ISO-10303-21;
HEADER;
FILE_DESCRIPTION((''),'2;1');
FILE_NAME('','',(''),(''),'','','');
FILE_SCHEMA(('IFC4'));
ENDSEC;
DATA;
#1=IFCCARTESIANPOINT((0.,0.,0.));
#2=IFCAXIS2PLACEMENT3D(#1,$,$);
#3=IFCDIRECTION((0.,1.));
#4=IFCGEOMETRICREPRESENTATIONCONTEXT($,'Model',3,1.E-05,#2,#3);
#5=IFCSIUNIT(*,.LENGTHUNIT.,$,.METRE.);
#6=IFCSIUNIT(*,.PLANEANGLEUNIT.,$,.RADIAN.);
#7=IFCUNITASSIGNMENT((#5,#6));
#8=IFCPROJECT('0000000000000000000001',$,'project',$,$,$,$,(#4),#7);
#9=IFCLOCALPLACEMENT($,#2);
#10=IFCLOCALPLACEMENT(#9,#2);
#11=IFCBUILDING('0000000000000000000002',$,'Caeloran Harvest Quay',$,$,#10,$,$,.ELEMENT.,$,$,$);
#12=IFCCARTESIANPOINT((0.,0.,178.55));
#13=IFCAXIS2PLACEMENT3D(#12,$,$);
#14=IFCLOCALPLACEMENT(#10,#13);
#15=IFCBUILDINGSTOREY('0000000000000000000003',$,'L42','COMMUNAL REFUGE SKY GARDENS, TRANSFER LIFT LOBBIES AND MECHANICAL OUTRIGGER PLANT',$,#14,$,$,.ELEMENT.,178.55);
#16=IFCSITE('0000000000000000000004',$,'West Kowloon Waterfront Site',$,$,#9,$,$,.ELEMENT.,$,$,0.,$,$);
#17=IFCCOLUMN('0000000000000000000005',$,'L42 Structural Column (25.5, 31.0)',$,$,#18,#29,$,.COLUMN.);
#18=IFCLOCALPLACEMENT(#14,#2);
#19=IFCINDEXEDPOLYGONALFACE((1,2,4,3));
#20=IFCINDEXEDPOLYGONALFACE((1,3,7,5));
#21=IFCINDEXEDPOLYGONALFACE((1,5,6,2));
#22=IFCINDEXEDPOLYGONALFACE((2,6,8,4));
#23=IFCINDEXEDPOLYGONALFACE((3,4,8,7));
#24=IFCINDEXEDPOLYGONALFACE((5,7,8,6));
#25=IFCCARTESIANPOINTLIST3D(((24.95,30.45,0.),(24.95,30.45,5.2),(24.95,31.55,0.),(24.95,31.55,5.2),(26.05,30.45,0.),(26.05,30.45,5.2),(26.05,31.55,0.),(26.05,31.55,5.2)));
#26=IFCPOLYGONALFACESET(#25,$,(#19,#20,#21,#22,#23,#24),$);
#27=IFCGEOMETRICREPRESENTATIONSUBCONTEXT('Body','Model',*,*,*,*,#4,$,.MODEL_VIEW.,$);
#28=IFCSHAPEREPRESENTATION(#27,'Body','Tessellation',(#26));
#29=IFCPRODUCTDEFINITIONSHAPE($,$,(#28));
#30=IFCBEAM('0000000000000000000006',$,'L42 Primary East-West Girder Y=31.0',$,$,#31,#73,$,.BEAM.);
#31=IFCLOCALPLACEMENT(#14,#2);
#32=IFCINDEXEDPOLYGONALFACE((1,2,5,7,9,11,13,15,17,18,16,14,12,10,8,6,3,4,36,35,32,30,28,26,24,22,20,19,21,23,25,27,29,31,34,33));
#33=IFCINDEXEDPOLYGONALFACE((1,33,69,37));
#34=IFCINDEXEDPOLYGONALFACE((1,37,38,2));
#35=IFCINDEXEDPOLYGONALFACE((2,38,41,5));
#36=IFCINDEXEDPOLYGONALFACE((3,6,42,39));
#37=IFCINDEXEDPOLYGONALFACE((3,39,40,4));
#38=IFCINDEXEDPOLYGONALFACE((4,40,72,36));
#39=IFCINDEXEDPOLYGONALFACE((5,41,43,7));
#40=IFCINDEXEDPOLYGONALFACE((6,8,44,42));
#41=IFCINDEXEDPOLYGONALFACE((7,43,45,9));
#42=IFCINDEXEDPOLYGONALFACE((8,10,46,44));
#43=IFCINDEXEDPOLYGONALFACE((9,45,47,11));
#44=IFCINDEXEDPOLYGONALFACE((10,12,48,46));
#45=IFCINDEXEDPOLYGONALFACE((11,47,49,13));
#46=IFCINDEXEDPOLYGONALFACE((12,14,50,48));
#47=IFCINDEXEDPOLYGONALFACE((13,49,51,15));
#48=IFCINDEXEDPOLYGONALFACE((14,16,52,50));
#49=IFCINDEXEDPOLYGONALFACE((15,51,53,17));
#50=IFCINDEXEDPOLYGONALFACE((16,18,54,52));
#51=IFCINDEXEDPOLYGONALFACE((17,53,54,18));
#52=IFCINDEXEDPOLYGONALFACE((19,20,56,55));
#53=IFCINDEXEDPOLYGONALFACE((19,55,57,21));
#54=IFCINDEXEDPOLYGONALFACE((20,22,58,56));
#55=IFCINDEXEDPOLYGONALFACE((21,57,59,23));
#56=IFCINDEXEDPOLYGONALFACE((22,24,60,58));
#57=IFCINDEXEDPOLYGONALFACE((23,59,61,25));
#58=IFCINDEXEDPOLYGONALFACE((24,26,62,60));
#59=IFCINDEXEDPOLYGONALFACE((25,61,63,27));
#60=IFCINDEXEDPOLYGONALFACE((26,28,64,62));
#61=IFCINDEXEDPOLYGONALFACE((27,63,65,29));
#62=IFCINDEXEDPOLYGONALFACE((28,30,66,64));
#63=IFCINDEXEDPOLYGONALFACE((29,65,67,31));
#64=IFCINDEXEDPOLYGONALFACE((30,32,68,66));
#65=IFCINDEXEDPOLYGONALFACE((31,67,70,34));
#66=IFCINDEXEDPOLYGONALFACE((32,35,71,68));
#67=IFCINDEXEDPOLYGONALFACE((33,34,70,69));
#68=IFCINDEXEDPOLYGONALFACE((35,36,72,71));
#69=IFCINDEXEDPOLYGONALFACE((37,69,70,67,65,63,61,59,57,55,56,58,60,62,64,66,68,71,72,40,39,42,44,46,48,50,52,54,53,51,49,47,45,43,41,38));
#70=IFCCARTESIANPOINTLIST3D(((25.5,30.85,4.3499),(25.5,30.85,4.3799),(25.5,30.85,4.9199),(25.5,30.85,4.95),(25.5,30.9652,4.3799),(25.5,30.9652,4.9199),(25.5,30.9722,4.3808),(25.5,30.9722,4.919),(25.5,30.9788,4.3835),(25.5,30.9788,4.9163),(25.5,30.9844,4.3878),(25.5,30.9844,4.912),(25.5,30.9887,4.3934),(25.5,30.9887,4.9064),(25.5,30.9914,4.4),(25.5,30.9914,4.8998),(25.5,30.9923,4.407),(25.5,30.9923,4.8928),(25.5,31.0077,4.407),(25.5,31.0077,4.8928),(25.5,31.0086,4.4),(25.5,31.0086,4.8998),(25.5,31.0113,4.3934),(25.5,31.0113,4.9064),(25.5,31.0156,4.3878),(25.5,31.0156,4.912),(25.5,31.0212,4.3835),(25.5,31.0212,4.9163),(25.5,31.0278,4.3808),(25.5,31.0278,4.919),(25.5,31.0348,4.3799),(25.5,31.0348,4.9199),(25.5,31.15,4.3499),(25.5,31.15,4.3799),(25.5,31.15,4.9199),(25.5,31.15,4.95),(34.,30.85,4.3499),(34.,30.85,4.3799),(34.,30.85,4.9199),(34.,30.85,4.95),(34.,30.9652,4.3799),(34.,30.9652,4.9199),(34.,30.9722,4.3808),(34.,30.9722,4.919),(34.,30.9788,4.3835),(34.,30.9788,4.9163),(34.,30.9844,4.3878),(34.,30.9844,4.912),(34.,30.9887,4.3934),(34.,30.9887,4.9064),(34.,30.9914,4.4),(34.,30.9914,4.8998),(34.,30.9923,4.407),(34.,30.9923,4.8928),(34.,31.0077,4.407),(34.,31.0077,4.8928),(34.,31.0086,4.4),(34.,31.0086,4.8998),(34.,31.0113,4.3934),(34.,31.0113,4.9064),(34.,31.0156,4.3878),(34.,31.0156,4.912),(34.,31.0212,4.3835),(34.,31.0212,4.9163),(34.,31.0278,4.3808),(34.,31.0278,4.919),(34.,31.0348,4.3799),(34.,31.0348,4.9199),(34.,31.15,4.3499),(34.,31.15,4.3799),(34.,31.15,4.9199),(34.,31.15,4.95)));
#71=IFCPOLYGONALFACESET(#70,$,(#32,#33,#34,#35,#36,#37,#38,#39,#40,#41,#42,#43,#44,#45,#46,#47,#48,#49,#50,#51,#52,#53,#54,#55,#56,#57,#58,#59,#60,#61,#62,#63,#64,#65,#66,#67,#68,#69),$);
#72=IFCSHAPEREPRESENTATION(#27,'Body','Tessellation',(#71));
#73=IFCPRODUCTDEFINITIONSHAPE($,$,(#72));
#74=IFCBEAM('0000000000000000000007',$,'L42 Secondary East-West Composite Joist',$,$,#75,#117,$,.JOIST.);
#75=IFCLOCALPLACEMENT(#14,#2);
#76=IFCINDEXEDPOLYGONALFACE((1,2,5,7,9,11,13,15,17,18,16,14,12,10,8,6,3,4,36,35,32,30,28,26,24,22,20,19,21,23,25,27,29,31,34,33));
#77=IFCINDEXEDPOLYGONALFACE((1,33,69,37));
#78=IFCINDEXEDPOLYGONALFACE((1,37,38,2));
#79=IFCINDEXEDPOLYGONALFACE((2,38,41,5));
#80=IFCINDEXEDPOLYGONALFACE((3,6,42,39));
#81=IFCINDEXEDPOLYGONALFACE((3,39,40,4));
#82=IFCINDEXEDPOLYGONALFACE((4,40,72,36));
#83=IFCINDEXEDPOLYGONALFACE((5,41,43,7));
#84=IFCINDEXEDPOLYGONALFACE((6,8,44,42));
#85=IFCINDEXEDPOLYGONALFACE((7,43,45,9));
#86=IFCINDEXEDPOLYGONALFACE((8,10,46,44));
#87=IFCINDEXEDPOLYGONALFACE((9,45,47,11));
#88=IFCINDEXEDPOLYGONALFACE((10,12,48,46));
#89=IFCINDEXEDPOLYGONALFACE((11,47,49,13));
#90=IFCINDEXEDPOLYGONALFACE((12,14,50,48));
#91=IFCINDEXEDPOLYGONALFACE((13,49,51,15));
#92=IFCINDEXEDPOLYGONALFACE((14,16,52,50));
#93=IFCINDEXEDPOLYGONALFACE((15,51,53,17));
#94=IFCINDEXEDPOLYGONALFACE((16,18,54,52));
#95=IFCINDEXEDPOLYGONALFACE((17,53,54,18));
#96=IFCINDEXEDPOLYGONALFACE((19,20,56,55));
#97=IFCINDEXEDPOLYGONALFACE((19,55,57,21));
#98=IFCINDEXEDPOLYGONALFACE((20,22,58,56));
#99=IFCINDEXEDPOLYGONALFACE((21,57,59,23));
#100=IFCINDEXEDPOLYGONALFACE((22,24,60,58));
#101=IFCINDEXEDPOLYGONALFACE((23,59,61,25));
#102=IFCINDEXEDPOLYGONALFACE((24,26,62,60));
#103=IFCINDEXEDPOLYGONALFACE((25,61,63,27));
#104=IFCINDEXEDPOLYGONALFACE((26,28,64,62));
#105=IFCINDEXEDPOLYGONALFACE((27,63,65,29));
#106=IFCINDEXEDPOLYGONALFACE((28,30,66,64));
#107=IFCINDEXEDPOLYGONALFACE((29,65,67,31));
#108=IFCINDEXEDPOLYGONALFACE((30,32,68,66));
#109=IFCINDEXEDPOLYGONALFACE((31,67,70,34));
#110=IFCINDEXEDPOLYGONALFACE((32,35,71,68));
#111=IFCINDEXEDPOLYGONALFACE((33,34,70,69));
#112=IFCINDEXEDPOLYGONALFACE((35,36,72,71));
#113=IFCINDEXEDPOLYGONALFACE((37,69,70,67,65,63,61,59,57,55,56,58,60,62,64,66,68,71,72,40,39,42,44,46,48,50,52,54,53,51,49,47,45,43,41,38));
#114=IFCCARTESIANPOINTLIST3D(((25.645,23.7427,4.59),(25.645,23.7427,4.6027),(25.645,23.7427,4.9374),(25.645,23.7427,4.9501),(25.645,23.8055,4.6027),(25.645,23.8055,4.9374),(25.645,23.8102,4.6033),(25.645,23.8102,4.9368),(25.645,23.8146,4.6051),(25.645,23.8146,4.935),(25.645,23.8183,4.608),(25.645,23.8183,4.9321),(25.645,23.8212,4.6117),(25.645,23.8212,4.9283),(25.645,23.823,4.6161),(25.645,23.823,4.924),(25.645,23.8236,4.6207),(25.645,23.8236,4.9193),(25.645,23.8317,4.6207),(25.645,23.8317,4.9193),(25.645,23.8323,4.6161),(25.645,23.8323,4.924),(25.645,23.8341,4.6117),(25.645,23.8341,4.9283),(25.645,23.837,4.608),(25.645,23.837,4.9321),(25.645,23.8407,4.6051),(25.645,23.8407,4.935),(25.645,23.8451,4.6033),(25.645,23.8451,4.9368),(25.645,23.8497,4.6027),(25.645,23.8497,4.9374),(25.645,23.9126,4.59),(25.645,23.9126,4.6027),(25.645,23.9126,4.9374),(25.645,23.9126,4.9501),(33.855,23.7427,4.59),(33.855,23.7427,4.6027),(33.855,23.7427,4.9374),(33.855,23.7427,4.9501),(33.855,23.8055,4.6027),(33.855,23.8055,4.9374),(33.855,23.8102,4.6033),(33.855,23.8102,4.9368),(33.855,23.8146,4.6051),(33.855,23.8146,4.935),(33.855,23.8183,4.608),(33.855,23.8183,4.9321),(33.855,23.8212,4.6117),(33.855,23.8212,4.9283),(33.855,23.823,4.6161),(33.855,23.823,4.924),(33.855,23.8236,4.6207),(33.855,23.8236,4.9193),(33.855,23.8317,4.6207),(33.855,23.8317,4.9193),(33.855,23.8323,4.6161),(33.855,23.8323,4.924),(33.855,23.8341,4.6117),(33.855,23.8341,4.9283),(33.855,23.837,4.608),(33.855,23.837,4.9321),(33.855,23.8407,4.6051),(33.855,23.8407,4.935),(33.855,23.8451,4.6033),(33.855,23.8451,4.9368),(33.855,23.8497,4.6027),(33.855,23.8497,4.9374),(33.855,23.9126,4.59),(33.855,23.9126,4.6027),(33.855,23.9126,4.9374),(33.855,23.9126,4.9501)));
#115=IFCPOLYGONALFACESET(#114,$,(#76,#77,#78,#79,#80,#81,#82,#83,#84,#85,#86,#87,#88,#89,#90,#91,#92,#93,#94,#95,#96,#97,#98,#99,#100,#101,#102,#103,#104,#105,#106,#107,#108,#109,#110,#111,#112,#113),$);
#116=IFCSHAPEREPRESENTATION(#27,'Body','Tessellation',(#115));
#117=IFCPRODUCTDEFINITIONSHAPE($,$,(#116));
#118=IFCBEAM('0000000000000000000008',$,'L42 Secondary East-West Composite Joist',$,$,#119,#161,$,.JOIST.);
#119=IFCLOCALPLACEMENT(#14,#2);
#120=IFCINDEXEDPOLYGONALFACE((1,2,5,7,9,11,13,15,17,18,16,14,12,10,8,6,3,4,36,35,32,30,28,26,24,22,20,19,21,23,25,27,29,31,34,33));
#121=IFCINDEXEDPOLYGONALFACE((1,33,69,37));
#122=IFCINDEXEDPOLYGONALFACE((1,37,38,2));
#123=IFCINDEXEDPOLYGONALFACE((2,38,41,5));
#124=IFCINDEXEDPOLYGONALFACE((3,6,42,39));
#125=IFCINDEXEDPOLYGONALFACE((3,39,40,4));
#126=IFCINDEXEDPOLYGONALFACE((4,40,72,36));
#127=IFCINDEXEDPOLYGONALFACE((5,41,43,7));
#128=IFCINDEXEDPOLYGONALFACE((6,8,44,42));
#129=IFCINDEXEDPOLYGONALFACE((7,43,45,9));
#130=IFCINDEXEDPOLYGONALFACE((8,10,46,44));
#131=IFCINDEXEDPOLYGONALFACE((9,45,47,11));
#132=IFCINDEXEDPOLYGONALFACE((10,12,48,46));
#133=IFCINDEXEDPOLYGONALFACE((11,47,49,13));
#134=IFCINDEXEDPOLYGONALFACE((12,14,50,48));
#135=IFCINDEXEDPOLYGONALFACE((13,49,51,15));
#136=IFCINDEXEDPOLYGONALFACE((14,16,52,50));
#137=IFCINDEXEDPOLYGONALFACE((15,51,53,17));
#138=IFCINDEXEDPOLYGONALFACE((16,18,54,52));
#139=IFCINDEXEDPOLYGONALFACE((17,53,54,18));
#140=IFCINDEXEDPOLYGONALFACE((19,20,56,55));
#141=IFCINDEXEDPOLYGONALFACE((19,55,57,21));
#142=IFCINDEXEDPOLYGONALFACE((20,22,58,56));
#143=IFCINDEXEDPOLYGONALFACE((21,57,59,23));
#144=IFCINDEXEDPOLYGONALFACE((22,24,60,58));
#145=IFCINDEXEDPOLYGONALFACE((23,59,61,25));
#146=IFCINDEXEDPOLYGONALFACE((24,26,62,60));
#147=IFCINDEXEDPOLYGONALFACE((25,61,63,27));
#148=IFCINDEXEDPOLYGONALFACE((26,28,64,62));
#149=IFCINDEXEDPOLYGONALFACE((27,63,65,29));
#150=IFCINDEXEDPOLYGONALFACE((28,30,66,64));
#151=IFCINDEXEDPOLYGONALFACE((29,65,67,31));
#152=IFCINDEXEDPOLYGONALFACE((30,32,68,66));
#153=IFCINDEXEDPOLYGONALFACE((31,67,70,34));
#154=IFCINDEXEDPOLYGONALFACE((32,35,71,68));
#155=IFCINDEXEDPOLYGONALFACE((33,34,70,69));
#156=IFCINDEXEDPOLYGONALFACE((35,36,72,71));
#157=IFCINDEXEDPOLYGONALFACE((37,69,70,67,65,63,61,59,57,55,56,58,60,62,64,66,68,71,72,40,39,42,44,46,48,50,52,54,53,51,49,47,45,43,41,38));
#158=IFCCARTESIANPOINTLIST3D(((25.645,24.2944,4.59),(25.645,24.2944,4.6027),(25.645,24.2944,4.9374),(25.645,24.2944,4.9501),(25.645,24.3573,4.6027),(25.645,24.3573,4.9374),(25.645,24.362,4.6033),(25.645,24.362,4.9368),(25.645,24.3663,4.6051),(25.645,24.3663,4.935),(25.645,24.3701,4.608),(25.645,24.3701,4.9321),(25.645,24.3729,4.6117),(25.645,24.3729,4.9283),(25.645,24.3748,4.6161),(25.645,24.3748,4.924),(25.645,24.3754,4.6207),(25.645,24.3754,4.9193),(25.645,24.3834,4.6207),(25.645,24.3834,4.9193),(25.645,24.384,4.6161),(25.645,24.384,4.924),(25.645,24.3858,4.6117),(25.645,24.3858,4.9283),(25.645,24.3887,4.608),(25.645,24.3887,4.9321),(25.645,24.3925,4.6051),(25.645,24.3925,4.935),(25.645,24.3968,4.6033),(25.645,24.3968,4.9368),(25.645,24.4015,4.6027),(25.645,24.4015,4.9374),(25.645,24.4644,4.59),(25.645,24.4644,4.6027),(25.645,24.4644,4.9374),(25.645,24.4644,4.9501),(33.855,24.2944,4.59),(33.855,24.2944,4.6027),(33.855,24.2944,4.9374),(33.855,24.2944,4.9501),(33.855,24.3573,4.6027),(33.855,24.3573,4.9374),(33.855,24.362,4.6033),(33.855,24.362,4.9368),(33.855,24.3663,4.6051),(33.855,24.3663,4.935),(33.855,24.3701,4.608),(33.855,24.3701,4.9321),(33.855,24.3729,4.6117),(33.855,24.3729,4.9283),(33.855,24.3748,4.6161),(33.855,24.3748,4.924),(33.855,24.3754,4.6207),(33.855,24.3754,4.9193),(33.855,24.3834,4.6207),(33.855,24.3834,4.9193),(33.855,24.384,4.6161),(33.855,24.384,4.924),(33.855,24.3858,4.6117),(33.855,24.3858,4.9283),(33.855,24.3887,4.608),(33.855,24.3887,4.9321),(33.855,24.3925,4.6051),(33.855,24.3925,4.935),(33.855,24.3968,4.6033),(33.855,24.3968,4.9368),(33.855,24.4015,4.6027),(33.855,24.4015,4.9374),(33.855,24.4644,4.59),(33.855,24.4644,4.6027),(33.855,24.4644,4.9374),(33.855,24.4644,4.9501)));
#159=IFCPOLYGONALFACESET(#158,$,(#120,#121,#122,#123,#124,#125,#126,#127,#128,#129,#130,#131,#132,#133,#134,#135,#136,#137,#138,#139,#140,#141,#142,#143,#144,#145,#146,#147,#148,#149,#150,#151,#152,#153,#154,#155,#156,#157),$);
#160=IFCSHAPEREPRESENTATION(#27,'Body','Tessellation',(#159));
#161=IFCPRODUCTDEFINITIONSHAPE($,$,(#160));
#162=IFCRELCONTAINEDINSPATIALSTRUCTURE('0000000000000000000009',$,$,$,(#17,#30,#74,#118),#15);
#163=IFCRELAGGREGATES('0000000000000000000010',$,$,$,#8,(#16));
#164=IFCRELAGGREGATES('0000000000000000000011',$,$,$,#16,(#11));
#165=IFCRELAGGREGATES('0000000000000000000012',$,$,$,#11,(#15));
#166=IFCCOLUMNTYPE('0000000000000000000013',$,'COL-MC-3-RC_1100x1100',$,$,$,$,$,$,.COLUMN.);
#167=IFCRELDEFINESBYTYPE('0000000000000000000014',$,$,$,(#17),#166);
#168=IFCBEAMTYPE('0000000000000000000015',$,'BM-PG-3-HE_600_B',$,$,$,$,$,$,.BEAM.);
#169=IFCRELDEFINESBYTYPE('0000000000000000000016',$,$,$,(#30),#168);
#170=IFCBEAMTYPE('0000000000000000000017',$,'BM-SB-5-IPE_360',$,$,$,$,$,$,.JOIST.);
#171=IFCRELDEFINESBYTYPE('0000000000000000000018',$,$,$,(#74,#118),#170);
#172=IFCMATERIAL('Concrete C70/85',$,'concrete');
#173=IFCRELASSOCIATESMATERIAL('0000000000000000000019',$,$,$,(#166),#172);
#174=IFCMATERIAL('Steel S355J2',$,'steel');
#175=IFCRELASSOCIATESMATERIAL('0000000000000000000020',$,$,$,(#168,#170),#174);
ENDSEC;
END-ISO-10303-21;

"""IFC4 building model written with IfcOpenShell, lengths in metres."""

from ifc_helpers import new_model, si_unit, direction, frame, origin, origin_2d, place, context, subcontext, project, spatial, rectangle, i_section, extrude, material, material_profile, profile_set, type_object, element, save


model = new_model("IFC4")

# Units and contexts
model_context = context("Model", 3, precision=1e-05, world=origin(), true_north=direction((0.0, 1.0)))
body_context = subcontext(model_context, "Body", "Model", "MODEL_VIEW")
ifc_project = project(units=[si_unit("LENGTHUNIT", "METRE"), si_unit("PLANEANGLEUNIT", "RADIAN")], contexts=[model_context])

# Site, building, storey
site_placement = place(None, origin())
site = spatial("IfcSite", under=ifc_project, at=site_placement, Name="West Kowloon Waterfront Site", CompositionType="ELEMENT", RefElevation=0.0)
building_placement = place(site_placement, origin())
building = spatial("IfcBuilding", under=site, at=building_placement, Name="Caeloran Harvest Quay", CompositionType="ELEMENT")
storey_placement = place(building_placement, frame((0.0, 0.0, 178.55)))
storey = spatial("IfcBuildingStorey", under=building, at=storey_placement, Name="L42", Description="COMMUNAL REFUGE SKY GARDENS, TRANSFER LIFT LOBBIES AND MECHANICAL OUTRIGGER PLANT", CompositionType="ELEMENT", Elevation=178.55)

# Column
ifc_material_1 = material(Name="Concrete C70/85", Category="concrete")
ifc_material_profile_1 = material_profile(ifc_material_1, rectangle(XDim=1.1001, YDim=1.1001, at=origin_2d()), Name="RC 1100x1100")
ifc_profile_set_1 = profile_set([ifc_material_profile_1], Name="Concrete C70/85")
column_type = type_object("IfcColumnType", Name="COL-MC-3-RC_1100x1100", PredefinedType="COLUMN", material=ifc_profile_set_1)
column_placement = place(storey_placement, frame((25.5, 31.0, 0.0), z_axis=(0.0, 0.0, 1.0), x_axis=(1.0, 0.0, 0.0)))
element("IfcColumn", 1, at=column_placement, inside=storey, type_object=column_type, Name="L42 Structural Column (25.5, 31.0)", PredefinedType="COLUMN", context=body_context, shape_type="SweptSolid", body=[
    extrude(rectangle(XDim=1.1001, YDim=1.1001, at=origin_2d()), origin(), (0.0, 0.0, 1.0), 5.2),
])

# Beams
ifc_material_2 = material(Name="Steel S355J2", Category="steel")
ifc_material_profile_2 = material_profile(ifc_material_2, i_section(OverallWidth=0.3, OverallDepth=0.6001, WebThickness=0.0154, FlangeThickness=0.03, FilletRadius=0.0271, at=origin_2d()), Name="HE 600 B")
ifc_profile_set_2 = profile_set([ifc_material_profile_2], Name="Steel S355J2")
beam_type_1 = type_object("IfcBeamType", Name="BM-PG-3-HE_600_B", PredefinedType="BEAM", material=ifc_profile_set_2)
beam_placement = place(storey_placement, frame((25.5, 31.0, 4.6499), z_axis=(1.0, 0.0, 0.0), x_axis=(0.0, 1.0, 0.0)))
element("IfcBeam", 2, at=beam_placement, inside=storey, type_object=beam_type_1, Name="L42 Primary East-West Girder Y=31.0", PredefinedType="BEAM", context=body_context, shape_type="SweptSolid", body=[
    extrude(i_section(OverallWidth=0.3, OverallDepth=0.6001, WebThickness=0.0154, FlangeThickness=0.03, FilletRadius=0.0271, at=origin_2d()), origin(), (0.0, 0.0, 1.0), 8.5),
])
ifc_material_profile_3 = material_profile(ifc_material_2, i_section(OverallWidth=0.1699, OverallDepth=0.3601, WebThickness=0.0081, FlangeThickness=0.0127, FilletRadius=0.0181, at=origin_2d()), Name="IPE 360")
ifc_profile_set_3 = profile_set([ifc_material_profile_3], Name="Steel S355J2")
beam_type_2 = type_object("IfcBeamType", Name="BM-SB-5-IPE_360", PredefinedType="JOIST", material=ifc_profile_set_3)
for number, where, z_axis, x_axis, name in (
    (3, (25.645, 23.8276, 4.77), (1.0, 0.0, 0.0), (0.0, 1.0, 0.0), "L42 Secondary East-West Composite Joist"),
    (4, (25.645, 24.3794, 4.77), (1.0, 0.0, 0.0), (0.0, 1.0, 0.0), "L42 Secondary East-West Composite Joist"),
):
    element("IfcBeam", number, at=place(storey_placement, frame(where, z_axis=z_axis, x_axis=x_axis)), inside=storey, type_object=beam_type_2, Name=name, PredefinedType="JOIST", context=body_context, shape_type="SweptSolid", body=[
        extrude(i_section(OverallWidth=0.1699, OverallDepth=0.3601, WebThickness=0.0081, FlangeThickness=0.0127, FilletRadius=0.0181, at=origin_2d()), origin(), (0.0, 0.0, 1.0), 8.21),
    ])

save(model, "model.ifc")
